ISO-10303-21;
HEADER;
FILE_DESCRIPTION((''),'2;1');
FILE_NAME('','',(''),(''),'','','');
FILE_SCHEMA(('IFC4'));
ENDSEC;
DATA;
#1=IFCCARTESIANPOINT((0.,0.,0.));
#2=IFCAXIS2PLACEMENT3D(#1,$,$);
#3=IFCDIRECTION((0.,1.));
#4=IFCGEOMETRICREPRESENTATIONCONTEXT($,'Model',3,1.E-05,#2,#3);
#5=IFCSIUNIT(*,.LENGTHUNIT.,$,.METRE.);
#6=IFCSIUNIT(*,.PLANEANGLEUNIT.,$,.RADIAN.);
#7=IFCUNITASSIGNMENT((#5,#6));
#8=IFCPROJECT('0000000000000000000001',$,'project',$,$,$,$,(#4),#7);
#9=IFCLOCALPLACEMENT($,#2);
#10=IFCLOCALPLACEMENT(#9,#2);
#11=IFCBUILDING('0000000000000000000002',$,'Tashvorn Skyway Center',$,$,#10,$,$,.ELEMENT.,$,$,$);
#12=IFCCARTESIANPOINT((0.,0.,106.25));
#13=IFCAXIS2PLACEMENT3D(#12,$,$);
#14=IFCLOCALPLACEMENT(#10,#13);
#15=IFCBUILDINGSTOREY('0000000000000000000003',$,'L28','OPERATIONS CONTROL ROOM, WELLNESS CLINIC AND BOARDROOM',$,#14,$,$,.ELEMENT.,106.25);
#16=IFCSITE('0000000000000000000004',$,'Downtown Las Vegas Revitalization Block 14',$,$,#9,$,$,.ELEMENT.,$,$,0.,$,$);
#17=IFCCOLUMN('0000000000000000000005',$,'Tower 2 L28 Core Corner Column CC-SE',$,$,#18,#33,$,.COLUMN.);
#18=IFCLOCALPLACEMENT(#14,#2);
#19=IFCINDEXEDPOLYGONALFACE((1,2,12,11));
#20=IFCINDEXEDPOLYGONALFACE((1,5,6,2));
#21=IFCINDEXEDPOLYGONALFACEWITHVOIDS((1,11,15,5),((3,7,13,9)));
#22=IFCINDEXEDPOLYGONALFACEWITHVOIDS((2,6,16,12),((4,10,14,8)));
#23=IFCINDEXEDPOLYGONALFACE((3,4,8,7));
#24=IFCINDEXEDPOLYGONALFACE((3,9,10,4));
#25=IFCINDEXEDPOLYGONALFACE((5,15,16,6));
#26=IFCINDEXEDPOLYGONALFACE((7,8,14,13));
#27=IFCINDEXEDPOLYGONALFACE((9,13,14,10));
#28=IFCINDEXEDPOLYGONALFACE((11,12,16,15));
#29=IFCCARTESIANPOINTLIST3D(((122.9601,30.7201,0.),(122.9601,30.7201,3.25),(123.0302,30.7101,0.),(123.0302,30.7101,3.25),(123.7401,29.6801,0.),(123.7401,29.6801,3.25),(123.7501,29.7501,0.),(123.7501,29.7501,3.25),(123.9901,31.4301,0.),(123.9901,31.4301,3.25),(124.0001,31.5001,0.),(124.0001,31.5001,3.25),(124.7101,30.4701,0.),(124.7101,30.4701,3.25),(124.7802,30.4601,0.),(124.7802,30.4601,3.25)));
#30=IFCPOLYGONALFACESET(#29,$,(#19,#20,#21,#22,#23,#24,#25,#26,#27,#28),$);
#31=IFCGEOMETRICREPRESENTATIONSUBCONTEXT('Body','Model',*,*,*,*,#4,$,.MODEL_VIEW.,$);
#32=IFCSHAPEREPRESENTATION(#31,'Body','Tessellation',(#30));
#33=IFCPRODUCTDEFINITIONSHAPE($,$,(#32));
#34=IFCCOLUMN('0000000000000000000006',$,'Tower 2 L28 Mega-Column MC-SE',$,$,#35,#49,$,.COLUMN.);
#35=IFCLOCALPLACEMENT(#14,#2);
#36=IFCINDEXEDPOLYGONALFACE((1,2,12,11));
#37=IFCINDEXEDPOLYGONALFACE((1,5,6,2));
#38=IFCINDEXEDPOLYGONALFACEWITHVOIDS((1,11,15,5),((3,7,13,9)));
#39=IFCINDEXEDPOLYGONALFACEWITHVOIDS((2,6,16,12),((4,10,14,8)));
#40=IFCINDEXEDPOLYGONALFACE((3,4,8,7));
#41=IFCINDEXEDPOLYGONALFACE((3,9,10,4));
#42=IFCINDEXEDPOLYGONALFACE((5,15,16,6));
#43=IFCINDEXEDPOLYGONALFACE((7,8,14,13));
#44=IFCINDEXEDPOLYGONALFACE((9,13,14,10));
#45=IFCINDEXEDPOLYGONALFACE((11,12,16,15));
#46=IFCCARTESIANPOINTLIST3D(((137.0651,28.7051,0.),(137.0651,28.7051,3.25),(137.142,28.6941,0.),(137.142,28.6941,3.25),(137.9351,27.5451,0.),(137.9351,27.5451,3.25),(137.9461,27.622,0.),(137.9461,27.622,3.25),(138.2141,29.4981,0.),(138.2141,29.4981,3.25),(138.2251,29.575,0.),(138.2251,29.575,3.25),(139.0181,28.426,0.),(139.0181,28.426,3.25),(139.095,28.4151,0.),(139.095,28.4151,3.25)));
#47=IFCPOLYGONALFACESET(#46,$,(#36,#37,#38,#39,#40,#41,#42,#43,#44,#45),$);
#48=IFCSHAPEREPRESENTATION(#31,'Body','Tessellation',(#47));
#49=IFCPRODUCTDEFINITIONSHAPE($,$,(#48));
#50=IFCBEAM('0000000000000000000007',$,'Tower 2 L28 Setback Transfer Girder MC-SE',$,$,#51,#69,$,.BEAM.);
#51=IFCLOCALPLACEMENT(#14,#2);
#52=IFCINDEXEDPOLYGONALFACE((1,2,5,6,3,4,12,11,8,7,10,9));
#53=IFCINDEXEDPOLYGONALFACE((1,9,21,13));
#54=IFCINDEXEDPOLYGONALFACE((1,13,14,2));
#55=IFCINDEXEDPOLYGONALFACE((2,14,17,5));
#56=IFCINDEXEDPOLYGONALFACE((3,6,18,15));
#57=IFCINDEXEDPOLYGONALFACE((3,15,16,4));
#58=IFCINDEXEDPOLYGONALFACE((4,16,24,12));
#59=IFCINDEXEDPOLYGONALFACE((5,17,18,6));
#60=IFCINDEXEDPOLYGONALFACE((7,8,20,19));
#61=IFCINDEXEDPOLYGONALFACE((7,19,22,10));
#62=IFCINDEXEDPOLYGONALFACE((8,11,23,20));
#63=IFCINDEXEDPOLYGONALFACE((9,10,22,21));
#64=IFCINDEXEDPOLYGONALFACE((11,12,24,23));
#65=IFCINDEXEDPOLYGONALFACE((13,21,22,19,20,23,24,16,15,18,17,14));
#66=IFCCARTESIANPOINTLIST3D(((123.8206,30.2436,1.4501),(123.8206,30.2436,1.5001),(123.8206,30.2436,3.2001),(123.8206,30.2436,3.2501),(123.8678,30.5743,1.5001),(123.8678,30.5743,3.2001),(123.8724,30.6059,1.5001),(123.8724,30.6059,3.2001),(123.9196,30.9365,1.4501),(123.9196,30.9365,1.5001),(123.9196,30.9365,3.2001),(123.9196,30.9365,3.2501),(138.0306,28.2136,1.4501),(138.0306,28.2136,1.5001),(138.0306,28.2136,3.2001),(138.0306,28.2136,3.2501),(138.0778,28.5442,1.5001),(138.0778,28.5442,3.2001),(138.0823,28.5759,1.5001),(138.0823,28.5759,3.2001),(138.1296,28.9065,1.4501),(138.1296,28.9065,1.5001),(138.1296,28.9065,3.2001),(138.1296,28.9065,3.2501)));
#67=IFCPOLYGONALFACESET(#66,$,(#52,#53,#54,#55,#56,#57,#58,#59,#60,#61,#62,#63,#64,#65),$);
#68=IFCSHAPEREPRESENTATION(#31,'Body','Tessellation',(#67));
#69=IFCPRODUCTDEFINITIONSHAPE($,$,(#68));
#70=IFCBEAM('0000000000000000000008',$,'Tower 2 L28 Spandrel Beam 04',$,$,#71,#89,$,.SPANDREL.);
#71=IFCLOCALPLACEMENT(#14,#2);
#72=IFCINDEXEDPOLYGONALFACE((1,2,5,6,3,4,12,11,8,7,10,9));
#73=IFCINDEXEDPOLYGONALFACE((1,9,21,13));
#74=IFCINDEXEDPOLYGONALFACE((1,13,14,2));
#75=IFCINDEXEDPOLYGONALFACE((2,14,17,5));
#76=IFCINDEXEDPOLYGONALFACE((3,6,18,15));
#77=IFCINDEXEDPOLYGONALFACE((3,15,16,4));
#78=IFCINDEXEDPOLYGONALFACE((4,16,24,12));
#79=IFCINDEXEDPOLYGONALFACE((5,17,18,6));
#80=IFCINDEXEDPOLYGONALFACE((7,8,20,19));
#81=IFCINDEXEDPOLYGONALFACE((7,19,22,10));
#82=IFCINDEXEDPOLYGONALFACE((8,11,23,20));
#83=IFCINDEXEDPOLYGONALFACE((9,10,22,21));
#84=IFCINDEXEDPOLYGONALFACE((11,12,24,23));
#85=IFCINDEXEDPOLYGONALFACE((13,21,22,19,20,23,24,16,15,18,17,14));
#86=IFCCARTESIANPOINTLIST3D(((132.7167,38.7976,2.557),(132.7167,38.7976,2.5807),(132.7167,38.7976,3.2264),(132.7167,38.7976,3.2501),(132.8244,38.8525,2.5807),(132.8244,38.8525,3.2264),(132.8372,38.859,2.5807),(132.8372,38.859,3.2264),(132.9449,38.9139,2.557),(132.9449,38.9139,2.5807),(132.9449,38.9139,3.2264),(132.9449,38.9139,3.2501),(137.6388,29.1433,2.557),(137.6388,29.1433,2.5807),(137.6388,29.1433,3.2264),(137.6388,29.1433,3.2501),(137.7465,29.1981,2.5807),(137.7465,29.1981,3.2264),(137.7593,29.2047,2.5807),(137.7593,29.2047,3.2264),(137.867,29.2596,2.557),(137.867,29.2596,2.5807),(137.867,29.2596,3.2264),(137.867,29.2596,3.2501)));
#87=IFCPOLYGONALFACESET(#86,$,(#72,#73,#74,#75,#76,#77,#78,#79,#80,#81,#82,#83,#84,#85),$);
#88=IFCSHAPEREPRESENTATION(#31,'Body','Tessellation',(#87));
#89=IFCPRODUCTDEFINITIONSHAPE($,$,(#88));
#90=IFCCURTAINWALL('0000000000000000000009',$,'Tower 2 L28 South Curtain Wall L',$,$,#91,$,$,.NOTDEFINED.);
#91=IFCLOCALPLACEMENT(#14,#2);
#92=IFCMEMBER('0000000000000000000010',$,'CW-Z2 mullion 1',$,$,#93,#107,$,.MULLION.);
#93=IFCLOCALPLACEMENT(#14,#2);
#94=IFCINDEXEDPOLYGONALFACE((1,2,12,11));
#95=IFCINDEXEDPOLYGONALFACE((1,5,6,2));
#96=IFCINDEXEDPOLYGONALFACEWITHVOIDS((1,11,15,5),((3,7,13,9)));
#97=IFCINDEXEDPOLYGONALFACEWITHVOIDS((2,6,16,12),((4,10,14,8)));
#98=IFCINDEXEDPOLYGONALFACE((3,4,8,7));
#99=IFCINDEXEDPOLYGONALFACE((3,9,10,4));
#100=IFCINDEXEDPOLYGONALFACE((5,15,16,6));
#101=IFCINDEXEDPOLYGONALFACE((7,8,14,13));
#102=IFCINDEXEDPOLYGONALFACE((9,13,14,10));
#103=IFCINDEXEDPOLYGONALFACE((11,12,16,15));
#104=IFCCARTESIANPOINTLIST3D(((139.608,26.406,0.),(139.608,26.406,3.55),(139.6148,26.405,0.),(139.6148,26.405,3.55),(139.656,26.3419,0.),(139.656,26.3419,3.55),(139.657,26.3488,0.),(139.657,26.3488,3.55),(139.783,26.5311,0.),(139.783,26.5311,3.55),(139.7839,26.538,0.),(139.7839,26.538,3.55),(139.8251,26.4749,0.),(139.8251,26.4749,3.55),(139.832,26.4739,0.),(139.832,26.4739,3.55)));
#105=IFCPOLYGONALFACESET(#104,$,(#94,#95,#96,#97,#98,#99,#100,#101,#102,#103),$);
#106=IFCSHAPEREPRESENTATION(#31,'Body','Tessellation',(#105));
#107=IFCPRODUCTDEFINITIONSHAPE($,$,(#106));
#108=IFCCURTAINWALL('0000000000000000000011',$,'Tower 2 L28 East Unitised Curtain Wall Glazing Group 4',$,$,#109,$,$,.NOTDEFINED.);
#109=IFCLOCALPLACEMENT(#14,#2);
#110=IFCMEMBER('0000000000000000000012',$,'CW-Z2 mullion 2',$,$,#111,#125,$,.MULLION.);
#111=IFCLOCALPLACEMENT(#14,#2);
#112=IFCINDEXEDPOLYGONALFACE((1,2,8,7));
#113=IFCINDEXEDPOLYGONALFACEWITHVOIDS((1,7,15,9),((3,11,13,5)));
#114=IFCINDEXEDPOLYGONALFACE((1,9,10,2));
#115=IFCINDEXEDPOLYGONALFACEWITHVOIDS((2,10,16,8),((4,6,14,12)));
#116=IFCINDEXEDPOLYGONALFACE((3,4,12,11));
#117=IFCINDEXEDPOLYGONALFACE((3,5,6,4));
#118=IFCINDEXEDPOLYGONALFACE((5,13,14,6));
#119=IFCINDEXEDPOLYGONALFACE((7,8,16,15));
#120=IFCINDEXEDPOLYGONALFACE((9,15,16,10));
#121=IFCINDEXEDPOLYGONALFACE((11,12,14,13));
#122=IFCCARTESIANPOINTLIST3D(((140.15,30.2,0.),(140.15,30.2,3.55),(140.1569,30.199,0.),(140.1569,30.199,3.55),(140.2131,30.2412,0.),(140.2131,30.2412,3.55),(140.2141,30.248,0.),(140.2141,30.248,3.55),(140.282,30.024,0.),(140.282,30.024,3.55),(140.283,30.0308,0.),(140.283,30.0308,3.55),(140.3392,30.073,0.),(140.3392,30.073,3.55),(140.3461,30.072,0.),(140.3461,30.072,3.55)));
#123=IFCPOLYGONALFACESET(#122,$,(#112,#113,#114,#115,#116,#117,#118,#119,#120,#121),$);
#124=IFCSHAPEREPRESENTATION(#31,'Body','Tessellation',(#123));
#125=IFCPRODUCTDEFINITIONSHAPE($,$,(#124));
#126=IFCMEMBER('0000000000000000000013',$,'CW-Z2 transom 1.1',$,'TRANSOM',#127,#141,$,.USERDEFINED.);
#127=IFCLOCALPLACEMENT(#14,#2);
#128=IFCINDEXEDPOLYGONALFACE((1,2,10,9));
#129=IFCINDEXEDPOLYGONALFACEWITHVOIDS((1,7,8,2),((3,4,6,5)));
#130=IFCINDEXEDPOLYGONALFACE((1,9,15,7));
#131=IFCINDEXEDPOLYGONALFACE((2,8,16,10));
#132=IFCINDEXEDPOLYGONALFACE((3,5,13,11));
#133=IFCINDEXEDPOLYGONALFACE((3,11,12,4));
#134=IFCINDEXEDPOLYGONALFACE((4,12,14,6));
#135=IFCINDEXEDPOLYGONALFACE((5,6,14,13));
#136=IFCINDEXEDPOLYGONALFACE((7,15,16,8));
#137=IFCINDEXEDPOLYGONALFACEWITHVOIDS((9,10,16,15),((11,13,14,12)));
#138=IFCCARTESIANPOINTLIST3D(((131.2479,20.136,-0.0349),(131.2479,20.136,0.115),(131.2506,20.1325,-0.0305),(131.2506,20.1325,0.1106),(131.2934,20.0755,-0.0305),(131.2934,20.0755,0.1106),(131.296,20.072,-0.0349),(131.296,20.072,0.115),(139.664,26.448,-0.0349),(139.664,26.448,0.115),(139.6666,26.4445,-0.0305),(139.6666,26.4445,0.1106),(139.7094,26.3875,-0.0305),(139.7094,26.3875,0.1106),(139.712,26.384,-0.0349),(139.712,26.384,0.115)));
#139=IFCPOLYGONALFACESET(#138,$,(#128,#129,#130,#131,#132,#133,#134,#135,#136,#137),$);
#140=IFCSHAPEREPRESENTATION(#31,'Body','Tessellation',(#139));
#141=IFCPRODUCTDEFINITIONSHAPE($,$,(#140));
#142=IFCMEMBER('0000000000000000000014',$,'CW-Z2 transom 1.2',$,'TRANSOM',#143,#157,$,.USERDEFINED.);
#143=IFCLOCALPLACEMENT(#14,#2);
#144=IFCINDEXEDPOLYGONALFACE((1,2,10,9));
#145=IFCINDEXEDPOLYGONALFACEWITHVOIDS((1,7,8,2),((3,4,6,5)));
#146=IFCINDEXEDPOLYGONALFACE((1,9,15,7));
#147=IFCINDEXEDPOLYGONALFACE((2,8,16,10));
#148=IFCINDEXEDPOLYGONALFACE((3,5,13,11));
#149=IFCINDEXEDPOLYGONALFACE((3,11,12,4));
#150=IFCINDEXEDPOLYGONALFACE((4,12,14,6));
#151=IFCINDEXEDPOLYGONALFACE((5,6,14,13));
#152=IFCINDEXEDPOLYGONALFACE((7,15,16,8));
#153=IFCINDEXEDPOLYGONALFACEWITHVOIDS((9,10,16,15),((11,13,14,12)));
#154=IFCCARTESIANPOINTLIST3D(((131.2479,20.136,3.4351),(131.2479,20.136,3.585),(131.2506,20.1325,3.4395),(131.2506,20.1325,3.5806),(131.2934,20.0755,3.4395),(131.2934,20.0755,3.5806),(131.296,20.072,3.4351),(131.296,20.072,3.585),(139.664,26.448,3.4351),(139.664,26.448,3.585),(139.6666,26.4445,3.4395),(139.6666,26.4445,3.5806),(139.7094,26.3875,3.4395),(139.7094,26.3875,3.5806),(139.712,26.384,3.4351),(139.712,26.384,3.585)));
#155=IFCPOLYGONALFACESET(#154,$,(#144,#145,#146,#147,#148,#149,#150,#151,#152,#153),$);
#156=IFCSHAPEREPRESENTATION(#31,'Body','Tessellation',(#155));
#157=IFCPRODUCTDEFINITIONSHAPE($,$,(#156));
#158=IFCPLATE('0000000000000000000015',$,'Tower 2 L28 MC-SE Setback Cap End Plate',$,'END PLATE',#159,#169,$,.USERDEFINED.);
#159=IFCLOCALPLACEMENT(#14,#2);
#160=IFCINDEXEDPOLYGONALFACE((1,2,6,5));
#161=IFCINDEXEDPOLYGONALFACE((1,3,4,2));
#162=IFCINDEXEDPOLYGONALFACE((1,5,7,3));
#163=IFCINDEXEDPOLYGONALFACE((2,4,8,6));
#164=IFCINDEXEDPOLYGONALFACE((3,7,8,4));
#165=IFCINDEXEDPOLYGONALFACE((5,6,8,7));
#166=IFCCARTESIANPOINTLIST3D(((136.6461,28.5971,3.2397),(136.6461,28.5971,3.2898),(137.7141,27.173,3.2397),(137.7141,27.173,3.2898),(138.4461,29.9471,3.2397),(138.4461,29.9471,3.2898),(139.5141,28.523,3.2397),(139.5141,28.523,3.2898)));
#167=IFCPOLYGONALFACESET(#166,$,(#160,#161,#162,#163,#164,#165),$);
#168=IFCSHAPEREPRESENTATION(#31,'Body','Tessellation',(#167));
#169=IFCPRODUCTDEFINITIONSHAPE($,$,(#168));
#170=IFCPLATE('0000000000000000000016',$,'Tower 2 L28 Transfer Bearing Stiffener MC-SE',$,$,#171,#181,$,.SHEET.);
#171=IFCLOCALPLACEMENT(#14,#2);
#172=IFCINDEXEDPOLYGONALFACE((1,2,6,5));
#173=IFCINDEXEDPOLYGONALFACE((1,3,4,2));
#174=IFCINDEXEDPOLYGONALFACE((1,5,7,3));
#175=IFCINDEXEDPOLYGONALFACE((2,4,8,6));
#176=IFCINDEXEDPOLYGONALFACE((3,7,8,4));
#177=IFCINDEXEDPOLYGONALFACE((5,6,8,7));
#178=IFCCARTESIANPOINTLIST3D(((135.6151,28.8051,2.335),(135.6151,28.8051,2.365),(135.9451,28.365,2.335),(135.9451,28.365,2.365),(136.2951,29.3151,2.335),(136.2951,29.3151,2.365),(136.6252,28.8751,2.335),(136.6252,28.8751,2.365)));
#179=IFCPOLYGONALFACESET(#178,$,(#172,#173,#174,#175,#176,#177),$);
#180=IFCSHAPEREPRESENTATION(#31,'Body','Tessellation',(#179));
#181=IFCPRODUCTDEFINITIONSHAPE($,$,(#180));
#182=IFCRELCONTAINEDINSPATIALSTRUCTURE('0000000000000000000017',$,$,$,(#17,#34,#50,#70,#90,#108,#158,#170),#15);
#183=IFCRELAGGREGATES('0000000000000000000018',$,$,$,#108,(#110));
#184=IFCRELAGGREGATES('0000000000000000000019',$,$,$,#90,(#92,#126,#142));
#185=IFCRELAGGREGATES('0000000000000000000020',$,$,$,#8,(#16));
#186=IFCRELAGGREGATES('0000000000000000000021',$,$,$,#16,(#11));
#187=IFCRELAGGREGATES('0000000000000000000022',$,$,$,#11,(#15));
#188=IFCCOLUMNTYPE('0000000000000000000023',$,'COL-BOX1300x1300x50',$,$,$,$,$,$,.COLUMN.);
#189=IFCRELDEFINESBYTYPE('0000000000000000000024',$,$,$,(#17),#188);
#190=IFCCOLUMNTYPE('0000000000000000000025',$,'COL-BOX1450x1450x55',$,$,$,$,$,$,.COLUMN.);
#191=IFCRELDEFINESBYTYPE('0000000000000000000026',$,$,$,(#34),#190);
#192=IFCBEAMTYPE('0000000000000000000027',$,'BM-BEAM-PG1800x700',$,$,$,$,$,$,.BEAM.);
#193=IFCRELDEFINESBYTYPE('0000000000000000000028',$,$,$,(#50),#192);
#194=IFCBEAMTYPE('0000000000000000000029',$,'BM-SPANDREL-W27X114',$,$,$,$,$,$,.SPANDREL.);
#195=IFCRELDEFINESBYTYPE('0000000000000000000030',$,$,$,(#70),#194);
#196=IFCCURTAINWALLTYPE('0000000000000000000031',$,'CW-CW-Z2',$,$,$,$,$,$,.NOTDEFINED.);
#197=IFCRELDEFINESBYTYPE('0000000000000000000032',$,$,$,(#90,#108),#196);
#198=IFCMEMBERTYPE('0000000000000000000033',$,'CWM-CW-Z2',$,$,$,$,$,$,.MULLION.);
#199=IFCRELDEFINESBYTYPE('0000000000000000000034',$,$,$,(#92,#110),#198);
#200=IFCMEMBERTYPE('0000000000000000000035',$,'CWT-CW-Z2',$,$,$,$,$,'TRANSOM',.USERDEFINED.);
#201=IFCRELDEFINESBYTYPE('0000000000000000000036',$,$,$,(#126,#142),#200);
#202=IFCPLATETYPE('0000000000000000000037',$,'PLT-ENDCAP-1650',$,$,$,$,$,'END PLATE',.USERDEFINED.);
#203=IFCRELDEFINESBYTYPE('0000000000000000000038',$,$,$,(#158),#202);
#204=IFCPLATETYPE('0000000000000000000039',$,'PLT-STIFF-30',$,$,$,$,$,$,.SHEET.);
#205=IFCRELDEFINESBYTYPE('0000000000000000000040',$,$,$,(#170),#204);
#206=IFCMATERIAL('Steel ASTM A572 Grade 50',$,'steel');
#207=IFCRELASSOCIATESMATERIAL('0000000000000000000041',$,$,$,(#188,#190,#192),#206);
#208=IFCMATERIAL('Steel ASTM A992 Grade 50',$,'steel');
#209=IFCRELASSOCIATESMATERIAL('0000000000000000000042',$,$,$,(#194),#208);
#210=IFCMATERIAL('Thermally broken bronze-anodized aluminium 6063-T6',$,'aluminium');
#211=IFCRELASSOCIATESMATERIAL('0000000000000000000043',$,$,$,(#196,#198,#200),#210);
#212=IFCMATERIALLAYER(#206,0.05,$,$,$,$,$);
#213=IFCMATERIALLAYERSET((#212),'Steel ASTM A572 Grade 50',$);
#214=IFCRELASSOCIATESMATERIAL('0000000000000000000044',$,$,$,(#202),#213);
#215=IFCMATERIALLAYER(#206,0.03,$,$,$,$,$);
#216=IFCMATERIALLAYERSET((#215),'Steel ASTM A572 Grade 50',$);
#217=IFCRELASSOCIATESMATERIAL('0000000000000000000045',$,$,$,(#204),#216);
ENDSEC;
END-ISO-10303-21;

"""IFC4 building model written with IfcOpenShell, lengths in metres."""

from ifc_helpers import new_model, si_unit, direction, frame, origin, origin_2d, place, context, subcontext, project, spatial, rectangle, hollow_rectangle, i_section, extrude, material, layer, layer_set, material_profile, profile_set, type_object, element, aggregate, save


model = new_model("IFC4")

# Units and contexts
model_context = context("Model", 3, precision=1e-05, world=origin(), true_north=direction((0.0, 1.0)))
body_context = subcontext(model_context, "Body", "Model", "MODEL_VIEW")
ifc_project = project(units=[si_unit("LENGTHUNIT", "METRE"), si_unit("PLANEANGLEUNIT", "RADIAN")], contexts=[model_context])

# Site, building, storey
site_placement = place(None, origin())
site = spatial("IfcSite", under=ifc_project, at=site_placement, Name="Downtown Las Vegas Revitalization Block 14", CompositionType="ELEMENT", RefElevation=0.0)
building_placement = place(site_placement, origin())
building = spatial("IfcBuilding", under=site, at=building_placement, Name="Tashvorn Skyway Center", CompositionType="ELEMENT")
storey_placement = place(building_placement, frame((0.0, 0.0, 106.25)))
storey = spatial("IfcBuildingStorey", under=building, at=storey_placement, Name="L28", Description="OPERATIONS CONTROL ROOM, WELLNESS CLINIC AND BOARDROOM", CompositionType="ELEMENT", Elevation=106.25)

# Columns
ifc_material_1 = material(Name="Steel ASTM A572 Grade 50", Category="steel")
ifc_material_profile_1 = material_profile(ifc_material_1, hollow_rectangle(XDim=1.3, YDim=1.3, WallThickness=0.05, at=origin_2d()), Name="BOX1300x1300x50")
ifc_profile_set_1 = profile_set([ifc_material_profile_1], Name="Steel ASTM A572 Grade 50")
column_type_1 = type_object("IfcColumnType", Name="COL-BOX1300x1300x50", PredefinedType="COLUMN", material=ifc_profile_set_1)
column_1_placement = place(storey_placement, frame((123.8701, 30.5901, 0.0), z_axis=(0.0, 0.0, 1.0), x_axis=(0.8, 0.6, 0.0)))
element("IfcColumn", 1, at=column_1_placement, inside=storey, type_object=column_type_1, Name="Tower 2 L28 Core Corner Column CC-SE", PredefinedType="COLUMN", context=body_context, shape_type="SweptSolid", body=[
    extrude(hollow_rectangle(XDim=1.3, YDim=1.3, WallThickness=0.05, at=origin_2d()), origin(), (0.0, 0.0, 1.0), 3.25),
])
ifc_material_profile_2 = material_profile(ifc_material_1, hollow_rectangle(XDim=1.45, YDim=1.45, WallThickness=0.0549, at=origin_2d()), Name="BOX1450x1450x55")
ifc_profile_set_2 = profile_set([ifc_material_profile_2], Name="Steel ASTM A572 Grade 50")
column_type_2 = type_object("IfcColumnType", Name="COL-BOX1450x1450x55", PredefinedType="COLUMN", material=ifc_profile_set_2)
column_2_placement = place(storey_placement, frame((138.0801, 28.5601, 0.0), z_axis=(0.0, 0.0, 1.0), x_axis=(0.8, 0.6, 0.0)))
element("IfcColumn", 2, at=column_2_placement, inside=storey, type_object=column_type_2, Name="Tower 2 L28 Mega-Column MC-SE", PredefinedType="COLUMN", context=body_context, shape_type="SweptSolid", body=[
    extrude(hollow_rectangle(XDim=1.45, YDim=1.45, WallThickness=0.0549, at=origin_2d()), origin(), (0.0, 0.0, 1.0), 3.25),
])

# Beams
ifc_material_profile_3 = material_profile(ifc_material_1, i_section(OverallWidth=0.7, OverallDepth=1.8, WebThickness=0.032, FlangeThickness=0.05, at=origin_2d()), Name="PG1800x700")
ifc_profile_set_3 = profile_set([ifc_material_profile_3], Name="Steel ASTM A572 Grade 50")
beam_type_1 = type_object("IfcBeamType", Name="BM-BEAM-PG1800x700", PredefinedType="BEAM", material=ifc_profile_set_3)
beam_1_placement = place(storey_placement, frame((138.0801, 28.5601, 2.3501), z_axis=(-0.989949, 0.141424, 0.0), x_axis=(-0.141424, -0.989949, 0.0)))
element("IfcBeam", 3, at=beam_1_placement, inside=storey, type_object=beam_type_1, Name="Tower 2 L28 Setback Transfer Girder MC-SE", PredefinedType="BEAM", context=body_context, shape_type="SweptSolid", body=[
    extrude(i_section(OverallWidth=0.7, OverallDepth=1.8, WebThickness=0.032, FlangeThickness=0.05, at=origin_2d()), origin(), (0.0, 0.0, 1.0), 14.3542),
])
ifc_material_2 = material(Name="Steel ASTM A992 Grade 50", Category="steel")
ifc_material_profile_4 = material_profile(ifc_material_2, i_section(OverallWidth=0.2561, OverallDepth=0.6931, WebThickness=0.0144, FlangeThickness=0.0237, at=origin_2d()), Name="W27X114")
ifc_profile_set_4 = profile_set([ifc_material_profile_4], Name="Steel ASTM A992 Grade 50")
beam_type_2 = type_object("IfcBeamType", Name="BM-SPANDREL-W27X114", PredefinedType="SPANDREL", material=ifc_profile_set_4)
beam_2_placement = place(storey_placement, frame((137.7529, 29.2014, 2.9036), z_axis=(-0.454211, 0.890894, 0.0), x_axis=(-0.890894, -0.454211, 0.0)))
element("IfcBeam", 4, at=beam_2_placement, inside=storey, type_object=beam_type_2, Name="Tower 2 L28 Spandrel Beam 04", PredefinedType="SPANDREL", context=body_context, shape_type="SweptSolid", body=[
    extrude(i_section(OverallWidth=0.2561, OverallDepth=0.6931, WebThickness=0.0144, FlangeThickness=0.0237, at=origin_2d()), origin(), (0.0, 0.0, 1.0), 10.8367),
])

# Curtain walls, members
ifc_material_3 = material(Name="Thermally broken bronze-anodized aluminium 6063-T6", Category="aluminium")
curtain_wall_type = type_object("IfcCurtainWallType", Name="CW-CW-Z2", PredefinedType="NOTDEFINED", material=ifc_material_3)
curtain_wall_1_placement = place(storey_placement, origin())
curtain_wall_1 = element("IfcCurtainWall", 5, at=curtain_wall_1_placement, inside=storey, type_object=curtain_wall_type, Name="Tower 2 L28 South Curtain Wall L", PredefinedType="NOTDEFINED")
ifc_material_profile_5 = material_profile(ifc_material_3, hollow_rectangle(XDim=0.0801, YDim=0.22, WallThickness=0.0049, at=origin_2d()), Name="ALU-MULL-80x220")
ifc_profile_set_5 = profile_set([ifc_material_profile_5], Name="Thermally broken bronze-anodized aluminium 6063-T6")
member_type_1 = type_object("IfcMemberType", Name="CWM-CW-Z2", PredefinedType="MULLION", material=ifc_profile_set_5)
member_1_placement = place(storey_placement, frame((139.72, 26.4399, 0.0), z_axis=(0.0, 0.0, 1.0), x_axis=(0.6, -0.8, 0.0)))
member_1 = element("IfcMember", 6, at=member_1_placement, type_object=member_type_1, Name="CW-Z2 mullion 1", PredefinedType="MULLION", context=body_context, shape_type="SweptSolid", body=[
    extrude(hollow_rectangle(XDim=0.0801, YDim=0.22, WallThickness=0.0049, at=origin_2d()), origin(), (0.0, 0.0, 1.0), 3.55),
])
curtain_wall_2_placement = place(storey_placement, origin())
curtain_wall_2 = element("IfcCurtainWall", 7, at=curtain_wall_2_placement, inside=storey, type_object=curtain_wall_type, Name="Tower 2 L28 East Unitised Curtain Wall Glazing Group 4", PredefinedType="NOTDEFINED")
member_2_placement = place(storey_placement, frame((140.248, 30.136, 0.0), z_axis=(0.0, 0.0, 1.0), x_axis=(0.8, 0.6, 0.0)))
member_2 = element("IfcMember", 8, at=member_2_placement, type_object=member_type_1, Name="CW-Z2 mullion 2", PredefinedType="MULLION", context=body_context, shape_type="SweptSolid", body=[
    extrude(hollow_rectangle(XDim=0.0801, YDim=0.22, WallThickness=0.0049, at=origin_2d()), origin(), (0.0, 0.0, 1.0), 3.55),
])
aggregate(curtain_wall_2, [member_2])

# Members
ifc_material_profile_6 = material_profile(ifc_material_3, hollow_rectangle(XDim=0.0801, YDim=0.1499, WallThickness=0.0044, at=origin_2d()), Name="ALU-TRAN-80x150")
ifc_profile_set_6 = profile_set([ifc_material_profile_6], Name="Thermally broken bronze-anodized aluminium 6063-T6")
member_type_2 = type_object("IfcMemberType", Name="CWT-CW-Z2", ElementType="TRANSOM", PredefinedType="USERDEFINED", material=ifc_profile_set_6)
member_3_placement = place(storey_placement, frame((139.688, 26.416, 0.04), z_axis=(-0.8, -0.6, 0.0), x_axis=(0.6, -0.8, 0.0)))
member_3 = element("IfcMember", 9, at=member_3_placement, type_object=member_type_2, Name="CW-Z2 transom 1.1", ObjectType="TRANSOM", PredefinedType="USERDEFINED", context=body_context, shape_type="SweptSolid", body=[
    extrude(hollow_rectangle(XDim=0.0801, YDim=0.1499, WallThickness=0.0044, at=origin_2d()), origin(), (0.0, 0.0, 1.0), 10.52),
])
member_4_placement = place(storey_placement, frame((139.688, 26.416, 3.51), z_axis=(-0.8, -0.6, 0.0), x_axis=(0.6, -0.8, 0.0)))
member_4 = element("IfcMember", 10, at=member_4_placement, type_object=member_type_2, Name="CW-Z2 transom 1.2", ObjectType="TRANSOM", PredefinedType="USERDEFINED", context=body_context, shape_type="SweptSolid", body=[
    extrude(hollow_rectangle(XDim=0.0801, YDim=0.1499, WallThickness=0.0044, at=origin_2d()), origin(), (0.0, 0.0, 1.0), 10.52),
])
aggregate(curtain_wall_1, [member_1, member_3, member_4])

# Plates
ifc_layer_1 = layer(ifc_material_1, 0.05)
ifc_layer_set_1 = layer_set([ifc_layer_1], Name="Steel ASTM A572 Grade 50")
plate_type_1 = type_object("IfcPlateType", Name="PLT-ENDCAP-1650", ElementType="END PLATE", PredefinedType="USERDEFINED", material=ifc_layer_set_1)
plate_1_placement = place(storey_placement, frame((138.0801, 28.5601, 3.2397), z_axis=(0.0, 0.0, 1.0), x_axis=(0.8, 0.6, 0.0)))
element("IfcPlate", 11, at=plate_1_placement, inside=storey, type_object=plate_type_1, Name="Tower 2 L28 MC-SE Setback Cap End Plate", ObjectType="END PLATE", PredefinedType="USERDEFINED", context=body_context, shape_type="SweptSolid", body=[
    extrude(rectangle(XDim=2.25, YDim=1.78, at=origin_2d()), origin(), (0.0, 0.0, 1.0), 0.05),
])
ifc_layer_2 = layer(ifc_material_1, 0.03)
ifc_layer_set_2 = layer_set([ifc_layer_2], Name="Steel ASTM A572 Grade 50")
plate_type_2 = type_object("IfcPlateType", Name="PLT-STIFF-30", PredefinedType="SHEET", material=ifc_layer_set_2)
plate_2_placement = place(storey_placement, frame((136.1201, 28.8401, 2.335), z_axis=(0.0, 0.0, 1.0), x_axis=(0.8, 0.6, 0.0)))
element("IfcPlate", 12, at=plate_2_placement, inside=storey, type_object=plate_type_2, Name="Tower 2 L28 Transfer Bearing Stiffener MC-SE", PredefinedType="SHEET", context=body_context, shape_type="SweptSolid", body=[
    extrude(rectangle(XDim=0.8501, YDim=0.55, at=origin_2d()), origin(), (0.0, 0.0, 1.0), 0.03),
])

save(model, "model.ifc")
